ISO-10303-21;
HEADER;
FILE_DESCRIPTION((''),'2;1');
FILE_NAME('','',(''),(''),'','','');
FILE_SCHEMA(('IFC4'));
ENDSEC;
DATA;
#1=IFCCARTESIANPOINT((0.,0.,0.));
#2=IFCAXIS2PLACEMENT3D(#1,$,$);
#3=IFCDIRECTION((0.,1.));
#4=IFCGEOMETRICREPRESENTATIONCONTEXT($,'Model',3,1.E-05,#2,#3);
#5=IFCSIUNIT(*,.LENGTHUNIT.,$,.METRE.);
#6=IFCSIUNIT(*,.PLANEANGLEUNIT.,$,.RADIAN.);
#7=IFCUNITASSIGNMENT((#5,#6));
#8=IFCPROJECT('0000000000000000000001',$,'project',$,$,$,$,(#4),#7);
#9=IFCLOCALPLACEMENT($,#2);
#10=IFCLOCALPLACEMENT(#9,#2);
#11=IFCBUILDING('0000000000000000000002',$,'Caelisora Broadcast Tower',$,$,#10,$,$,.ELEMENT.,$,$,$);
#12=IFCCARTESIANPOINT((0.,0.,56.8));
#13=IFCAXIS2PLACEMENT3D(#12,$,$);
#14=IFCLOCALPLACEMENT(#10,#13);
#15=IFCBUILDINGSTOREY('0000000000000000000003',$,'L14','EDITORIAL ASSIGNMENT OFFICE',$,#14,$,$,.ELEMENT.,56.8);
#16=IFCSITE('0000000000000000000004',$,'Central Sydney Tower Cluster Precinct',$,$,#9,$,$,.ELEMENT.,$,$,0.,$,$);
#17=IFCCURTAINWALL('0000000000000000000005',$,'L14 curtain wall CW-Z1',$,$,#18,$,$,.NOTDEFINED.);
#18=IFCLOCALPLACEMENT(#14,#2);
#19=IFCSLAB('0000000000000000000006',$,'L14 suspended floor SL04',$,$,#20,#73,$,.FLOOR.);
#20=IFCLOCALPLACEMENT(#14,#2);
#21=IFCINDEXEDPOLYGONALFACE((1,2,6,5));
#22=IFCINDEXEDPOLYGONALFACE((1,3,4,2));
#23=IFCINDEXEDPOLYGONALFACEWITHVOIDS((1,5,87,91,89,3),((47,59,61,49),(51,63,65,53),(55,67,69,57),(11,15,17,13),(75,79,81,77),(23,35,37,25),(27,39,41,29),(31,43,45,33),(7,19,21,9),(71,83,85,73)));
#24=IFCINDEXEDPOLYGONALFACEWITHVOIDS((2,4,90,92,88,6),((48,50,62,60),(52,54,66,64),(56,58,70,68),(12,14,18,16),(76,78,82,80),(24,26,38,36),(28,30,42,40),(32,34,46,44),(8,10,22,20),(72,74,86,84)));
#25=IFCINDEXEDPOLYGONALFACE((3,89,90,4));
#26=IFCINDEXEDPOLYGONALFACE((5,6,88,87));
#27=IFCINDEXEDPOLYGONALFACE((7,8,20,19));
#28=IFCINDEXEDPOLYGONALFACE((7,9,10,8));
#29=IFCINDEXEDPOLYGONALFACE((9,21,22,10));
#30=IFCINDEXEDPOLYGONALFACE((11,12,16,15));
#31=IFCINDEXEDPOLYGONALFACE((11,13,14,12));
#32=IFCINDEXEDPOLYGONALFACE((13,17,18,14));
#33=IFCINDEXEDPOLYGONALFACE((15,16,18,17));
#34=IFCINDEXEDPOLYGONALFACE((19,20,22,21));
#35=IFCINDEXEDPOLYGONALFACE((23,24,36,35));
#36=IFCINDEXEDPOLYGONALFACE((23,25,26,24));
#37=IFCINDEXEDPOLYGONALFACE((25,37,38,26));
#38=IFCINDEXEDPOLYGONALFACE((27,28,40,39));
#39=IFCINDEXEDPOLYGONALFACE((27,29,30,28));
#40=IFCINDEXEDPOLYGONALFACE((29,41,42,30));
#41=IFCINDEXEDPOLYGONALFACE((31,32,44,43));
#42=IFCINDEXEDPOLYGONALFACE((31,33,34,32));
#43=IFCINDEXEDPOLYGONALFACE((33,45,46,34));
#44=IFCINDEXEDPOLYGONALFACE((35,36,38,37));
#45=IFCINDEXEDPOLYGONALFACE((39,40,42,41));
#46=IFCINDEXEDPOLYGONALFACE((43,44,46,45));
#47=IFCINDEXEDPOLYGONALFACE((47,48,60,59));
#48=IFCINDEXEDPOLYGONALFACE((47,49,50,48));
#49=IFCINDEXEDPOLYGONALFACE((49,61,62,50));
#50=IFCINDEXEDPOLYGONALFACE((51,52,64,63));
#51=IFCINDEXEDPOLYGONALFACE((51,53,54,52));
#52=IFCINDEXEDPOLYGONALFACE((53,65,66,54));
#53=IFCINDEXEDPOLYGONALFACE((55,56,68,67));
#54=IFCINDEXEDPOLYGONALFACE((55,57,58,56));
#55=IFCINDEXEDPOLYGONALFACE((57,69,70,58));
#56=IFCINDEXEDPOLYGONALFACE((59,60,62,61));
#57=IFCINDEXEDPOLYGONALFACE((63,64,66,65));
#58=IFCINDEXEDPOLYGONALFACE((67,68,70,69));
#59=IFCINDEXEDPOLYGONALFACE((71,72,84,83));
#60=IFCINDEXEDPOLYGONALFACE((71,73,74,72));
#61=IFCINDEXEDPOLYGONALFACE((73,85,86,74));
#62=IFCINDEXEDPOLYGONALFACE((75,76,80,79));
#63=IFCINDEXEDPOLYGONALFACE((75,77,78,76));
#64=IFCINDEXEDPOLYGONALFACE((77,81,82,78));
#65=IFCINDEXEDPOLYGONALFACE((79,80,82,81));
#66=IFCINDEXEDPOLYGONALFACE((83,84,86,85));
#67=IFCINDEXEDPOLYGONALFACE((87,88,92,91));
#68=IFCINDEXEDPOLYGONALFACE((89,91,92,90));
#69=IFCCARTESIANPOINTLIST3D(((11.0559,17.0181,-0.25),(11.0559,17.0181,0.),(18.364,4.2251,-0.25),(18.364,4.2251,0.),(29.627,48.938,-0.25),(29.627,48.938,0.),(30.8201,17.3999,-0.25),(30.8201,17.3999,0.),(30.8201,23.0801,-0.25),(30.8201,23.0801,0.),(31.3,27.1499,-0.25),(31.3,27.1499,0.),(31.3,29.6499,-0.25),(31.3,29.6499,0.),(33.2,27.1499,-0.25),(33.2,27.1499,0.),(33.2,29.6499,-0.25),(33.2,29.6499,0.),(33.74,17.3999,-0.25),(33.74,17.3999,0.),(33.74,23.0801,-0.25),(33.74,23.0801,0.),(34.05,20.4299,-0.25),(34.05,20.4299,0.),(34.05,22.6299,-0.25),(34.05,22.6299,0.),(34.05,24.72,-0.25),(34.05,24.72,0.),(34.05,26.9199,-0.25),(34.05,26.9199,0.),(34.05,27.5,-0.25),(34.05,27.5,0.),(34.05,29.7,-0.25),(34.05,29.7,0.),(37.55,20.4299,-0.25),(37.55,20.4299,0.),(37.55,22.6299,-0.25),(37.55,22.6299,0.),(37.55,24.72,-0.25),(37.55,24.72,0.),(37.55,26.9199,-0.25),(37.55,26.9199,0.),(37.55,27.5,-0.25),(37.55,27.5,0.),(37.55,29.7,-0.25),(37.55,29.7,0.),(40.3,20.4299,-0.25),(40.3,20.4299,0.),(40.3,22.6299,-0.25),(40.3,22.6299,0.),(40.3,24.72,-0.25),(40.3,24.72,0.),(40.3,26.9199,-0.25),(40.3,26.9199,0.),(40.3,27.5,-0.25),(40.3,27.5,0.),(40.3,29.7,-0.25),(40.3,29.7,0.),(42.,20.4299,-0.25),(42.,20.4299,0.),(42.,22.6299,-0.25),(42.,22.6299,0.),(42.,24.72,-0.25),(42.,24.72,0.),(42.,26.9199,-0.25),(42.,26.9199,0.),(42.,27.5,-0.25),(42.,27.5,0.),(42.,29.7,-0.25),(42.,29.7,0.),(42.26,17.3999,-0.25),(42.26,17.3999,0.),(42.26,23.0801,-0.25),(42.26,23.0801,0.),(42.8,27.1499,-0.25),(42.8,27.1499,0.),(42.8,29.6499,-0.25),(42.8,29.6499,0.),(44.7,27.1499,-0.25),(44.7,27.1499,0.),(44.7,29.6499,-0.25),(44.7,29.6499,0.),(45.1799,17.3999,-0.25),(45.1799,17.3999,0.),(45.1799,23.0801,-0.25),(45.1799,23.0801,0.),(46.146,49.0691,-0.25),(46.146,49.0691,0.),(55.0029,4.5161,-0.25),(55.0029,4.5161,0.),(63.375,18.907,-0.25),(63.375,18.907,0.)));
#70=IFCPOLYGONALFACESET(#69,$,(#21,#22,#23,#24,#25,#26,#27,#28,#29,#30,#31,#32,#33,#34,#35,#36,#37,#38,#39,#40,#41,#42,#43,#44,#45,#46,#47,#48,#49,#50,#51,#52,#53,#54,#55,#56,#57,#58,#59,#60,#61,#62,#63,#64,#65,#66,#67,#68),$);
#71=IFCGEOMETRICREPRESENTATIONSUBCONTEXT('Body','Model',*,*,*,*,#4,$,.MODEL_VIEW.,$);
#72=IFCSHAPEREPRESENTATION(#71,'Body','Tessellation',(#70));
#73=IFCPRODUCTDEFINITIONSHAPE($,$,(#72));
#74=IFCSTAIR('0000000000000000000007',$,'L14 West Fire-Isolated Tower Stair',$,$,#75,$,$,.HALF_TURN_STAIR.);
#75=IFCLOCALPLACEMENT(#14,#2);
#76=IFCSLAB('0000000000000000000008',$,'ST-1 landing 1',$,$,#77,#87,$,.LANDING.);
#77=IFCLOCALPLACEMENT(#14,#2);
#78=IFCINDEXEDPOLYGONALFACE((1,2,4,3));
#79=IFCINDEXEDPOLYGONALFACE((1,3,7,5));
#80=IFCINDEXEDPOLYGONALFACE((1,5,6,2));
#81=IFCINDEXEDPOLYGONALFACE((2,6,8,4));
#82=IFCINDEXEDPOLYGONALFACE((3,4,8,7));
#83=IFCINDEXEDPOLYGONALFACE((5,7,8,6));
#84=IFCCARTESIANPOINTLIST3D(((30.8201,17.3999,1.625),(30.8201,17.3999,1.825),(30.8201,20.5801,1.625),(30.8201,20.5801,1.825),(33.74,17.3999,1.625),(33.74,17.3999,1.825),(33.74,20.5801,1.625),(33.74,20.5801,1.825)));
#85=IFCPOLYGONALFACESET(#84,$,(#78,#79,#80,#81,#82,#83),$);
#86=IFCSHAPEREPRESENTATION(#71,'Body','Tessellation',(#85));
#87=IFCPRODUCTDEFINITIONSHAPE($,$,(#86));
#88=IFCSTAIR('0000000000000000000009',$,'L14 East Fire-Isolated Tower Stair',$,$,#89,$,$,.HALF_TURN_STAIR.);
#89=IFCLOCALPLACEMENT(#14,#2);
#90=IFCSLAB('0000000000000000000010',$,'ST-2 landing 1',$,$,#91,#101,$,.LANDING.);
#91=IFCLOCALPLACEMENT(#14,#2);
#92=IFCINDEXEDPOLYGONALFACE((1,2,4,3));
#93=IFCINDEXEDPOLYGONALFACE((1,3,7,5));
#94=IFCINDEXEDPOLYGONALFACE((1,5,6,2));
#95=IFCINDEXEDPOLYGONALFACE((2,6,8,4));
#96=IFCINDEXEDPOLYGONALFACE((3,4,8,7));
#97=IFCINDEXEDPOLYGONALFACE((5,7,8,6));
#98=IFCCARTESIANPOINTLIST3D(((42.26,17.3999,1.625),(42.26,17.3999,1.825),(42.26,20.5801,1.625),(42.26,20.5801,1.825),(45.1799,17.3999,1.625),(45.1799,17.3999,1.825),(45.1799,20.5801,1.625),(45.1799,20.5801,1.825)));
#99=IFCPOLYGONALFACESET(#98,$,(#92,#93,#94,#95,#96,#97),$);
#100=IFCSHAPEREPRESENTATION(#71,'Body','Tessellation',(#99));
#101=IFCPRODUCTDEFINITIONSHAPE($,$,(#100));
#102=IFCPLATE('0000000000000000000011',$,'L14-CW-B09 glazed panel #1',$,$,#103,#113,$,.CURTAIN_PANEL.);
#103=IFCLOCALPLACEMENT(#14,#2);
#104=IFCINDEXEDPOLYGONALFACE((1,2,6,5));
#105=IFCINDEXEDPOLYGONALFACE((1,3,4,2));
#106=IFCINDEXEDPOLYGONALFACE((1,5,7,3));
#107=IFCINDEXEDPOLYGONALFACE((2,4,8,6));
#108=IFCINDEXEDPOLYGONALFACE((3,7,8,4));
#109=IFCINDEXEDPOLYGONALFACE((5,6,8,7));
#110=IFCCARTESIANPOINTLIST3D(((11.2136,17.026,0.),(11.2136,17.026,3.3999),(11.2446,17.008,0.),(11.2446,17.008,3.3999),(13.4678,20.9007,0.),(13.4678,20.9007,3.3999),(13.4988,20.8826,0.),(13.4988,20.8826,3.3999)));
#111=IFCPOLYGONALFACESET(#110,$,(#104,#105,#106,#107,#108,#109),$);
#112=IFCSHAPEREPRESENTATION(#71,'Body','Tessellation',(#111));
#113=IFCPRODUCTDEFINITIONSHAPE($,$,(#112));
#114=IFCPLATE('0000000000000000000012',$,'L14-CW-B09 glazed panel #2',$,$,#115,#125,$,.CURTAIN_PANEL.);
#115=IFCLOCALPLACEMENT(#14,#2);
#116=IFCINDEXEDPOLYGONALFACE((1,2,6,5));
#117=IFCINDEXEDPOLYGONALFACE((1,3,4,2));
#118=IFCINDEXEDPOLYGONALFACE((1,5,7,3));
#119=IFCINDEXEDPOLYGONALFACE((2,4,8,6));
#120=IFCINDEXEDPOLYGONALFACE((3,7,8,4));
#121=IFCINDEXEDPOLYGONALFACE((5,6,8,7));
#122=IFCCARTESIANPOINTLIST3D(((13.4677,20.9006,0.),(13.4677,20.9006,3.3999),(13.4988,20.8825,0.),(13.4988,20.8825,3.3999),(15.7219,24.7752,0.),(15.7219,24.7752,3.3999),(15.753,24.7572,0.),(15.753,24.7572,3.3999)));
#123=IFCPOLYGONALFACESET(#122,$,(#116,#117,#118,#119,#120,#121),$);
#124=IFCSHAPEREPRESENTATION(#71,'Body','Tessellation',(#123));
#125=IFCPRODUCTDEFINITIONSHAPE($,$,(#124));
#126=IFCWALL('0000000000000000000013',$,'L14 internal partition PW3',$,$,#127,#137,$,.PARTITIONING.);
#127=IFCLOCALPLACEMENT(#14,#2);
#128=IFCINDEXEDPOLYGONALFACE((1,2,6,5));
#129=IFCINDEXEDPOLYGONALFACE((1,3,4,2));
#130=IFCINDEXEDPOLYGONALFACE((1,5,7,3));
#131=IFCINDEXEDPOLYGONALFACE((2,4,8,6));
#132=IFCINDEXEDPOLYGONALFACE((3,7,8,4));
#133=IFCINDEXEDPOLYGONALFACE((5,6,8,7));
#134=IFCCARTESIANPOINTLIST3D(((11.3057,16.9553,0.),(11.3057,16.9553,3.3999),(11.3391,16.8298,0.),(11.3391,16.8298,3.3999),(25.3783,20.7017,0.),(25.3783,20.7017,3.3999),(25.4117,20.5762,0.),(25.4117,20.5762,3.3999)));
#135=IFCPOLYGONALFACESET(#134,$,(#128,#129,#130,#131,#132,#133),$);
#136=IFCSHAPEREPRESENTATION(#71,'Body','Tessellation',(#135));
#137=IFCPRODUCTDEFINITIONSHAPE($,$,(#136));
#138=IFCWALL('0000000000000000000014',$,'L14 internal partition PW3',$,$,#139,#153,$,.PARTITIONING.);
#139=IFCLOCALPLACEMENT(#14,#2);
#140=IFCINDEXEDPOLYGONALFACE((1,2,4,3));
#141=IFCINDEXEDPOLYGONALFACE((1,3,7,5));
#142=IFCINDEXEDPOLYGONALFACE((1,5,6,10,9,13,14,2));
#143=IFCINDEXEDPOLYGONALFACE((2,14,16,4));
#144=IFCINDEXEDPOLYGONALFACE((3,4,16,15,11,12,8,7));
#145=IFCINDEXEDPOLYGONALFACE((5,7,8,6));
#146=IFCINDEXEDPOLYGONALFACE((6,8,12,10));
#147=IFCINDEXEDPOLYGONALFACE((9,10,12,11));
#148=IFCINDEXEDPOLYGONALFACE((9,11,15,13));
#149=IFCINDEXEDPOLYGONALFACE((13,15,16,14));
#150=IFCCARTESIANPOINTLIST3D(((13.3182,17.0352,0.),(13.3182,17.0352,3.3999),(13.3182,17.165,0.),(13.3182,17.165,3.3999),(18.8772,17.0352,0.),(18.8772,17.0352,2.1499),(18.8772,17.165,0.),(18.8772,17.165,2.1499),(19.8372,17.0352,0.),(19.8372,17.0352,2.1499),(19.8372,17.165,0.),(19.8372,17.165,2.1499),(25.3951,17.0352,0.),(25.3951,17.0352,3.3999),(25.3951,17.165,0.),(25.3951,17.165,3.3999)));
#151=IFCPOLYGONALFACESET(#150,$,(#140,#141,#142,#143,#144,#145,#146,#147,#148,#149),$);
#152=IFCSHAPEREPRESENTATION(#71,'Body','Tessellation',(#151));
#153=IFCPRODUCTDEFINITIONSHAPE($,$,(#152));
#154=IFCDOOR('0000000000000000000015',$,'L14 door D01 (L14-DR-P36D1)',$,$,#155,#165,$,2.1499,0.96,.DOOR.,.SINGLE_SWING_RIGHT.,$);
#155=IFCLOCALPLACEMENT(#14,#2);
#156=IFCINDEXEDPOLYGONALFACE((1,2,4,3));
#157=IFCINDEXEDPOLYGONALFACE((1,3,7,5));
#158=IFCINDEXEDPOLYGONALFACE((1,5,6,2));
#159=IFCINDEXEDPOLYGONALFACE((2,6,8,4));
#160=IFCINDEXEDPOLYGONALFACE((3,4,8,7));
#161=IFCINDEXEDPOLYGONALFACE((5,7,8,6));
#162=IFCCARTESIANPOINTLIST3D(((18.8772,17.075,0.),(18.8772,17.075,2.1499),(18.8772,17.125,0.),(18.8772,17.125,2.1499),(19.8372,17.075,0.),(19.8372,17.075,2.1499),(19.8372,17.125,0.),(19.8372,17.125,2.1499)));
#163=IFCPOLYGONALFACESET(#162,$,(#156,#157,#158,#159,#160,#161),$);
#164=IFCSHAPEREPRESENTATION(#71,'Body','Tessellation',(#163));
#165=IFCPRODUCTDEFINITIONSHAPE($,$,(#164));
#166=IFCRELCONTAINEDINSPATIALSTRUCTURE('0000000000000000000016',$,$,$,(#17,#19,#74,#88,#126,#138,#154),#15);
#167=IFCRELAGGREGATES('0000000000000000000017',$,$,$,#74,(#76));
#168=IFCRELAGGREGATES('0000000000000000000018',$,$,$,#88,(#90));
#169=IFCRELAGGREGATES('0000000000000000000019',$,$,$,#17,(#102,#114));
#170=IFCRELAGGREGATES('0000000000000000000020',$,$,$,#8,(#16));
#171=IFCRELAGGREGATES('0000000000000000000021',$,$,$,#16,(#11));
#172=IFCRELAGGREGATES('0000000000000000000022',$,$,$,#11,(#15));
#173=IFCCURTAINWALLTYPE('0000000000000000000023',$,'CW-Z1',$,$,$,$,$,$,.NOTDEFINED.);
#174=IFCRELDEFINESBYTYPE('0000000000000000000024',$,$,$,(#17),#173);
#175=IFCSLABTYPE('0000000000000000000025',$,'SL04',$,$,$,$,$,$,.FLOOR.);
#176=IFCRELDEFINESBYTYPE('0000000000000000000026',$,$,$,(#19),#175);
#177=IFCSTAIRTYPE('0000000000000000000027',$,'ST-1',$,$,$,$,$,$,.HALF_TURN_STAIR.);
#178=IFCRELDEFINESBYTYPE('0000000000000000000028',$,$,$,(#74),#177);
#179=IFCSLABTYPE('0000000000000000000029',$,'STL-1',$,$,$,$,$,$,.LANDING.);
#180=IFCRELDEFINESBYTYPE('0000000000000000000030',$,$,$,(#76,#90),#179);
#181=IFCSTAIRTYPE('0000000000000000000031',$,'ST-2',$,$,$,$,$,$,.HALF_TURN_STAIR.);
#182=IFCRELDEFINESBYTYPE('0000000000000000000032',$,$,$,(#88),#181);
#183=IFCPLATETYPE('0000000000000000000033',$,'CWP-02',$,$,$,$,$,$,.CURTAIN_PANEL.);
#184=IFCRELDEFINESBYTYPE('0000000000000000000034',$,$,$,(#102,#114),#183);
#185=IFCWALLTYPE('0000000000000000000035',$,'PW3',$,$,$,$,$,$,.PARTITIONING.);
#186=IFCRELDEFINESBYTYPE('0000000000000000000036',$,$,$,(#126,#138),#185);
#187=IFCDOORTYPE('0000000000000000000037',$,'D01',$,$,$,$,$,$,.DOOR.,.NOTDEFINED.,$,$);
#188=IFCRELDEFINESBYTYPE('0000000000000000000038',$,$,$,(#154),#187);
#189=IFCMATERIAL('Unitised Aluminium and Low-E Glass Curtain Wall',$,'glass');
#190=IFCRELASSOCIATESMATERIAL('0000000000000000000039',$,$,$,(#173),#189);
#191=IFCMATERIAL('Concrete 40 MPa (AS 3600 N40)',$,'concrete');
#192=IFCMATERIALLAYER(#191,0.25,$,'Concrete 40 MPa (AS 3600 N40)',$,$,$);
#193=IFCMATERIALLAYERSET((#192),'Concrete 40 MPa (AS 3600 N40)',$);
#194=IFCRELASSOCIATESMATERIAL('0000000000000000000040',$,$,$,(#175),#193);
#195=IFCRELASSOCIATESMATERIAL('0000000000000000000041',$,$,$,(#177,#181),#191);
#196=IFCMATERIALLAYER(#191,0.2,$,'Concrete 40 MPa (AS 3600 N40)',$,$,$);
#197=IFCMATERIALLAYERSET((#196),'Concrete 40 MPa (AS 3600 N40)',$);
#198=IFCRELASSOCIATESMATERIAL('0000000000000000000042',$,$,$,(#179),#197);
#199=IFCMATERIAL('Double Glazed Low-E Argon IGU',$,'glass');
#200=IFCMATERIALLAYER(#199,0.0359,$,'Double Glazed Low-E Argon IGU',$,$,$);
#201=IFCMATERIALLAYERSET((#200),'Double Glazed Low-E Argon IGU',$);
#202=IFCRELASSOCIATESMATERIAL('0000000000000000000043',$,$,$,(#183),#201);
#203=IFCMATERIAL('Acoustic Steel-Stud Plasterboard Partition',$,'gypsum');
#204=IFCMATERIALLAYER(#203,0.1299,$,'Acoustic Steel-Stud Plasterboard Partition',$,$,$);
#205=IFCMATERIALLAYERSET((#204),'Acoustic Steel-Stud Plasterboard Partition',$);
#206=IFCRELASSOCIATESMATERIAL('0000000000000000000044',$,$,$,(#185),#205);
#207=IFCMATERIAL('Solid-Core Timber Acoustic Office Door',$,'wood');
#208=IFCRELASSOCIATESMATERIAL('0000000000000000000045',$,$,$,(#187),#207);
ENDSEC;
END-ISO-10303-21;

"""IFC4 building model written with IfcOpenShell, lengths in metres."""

from ifc_helpers import new_model, si_unit, direction, frame, frame_2d, origin, origin_2d, place, context, subcontext, project, spatial, polyline, rectangle, outline, extrude, source, transform, mapped, material, layer, layer_set, type_object, type_shapes, element, fill, aggregate, save


model = new_model("IFC4")

# Units and contexts
model_context = context("Model", 3, precision=1e-05, world=origin(), true_north=direction((0.0, 1.0)))
body_context = subcontext(model_context, "Body", "Model", "MODEL_VIEW")
ifc_project = project(units=[si_unit("LENGTHUNIT", "METRE"), si_unit("PLANEANGLEUNIT", "RADIAN")], contexts=[model_context])

# Site, building, storey
site_placement = place(None, origin())
site = spatial("IfcSite", under=ifc_project, at=site_placement, Name="Central Sydney Tower Cluster Precinct", CompositionType="ELEMENT", RefElevation=0.0)
building_placement = place(site_placement, origin())
building = spatial("IfcBuilding", under=site, at=building_placement, Name="Caelisora Broadcast Tower", CompositionType="ELEMENT")
storey_placement = place(building_placement, frame((0.0, 0.0, 56.8)))
storey = spatial("IfcBuildingStorey", under=building, at=storey_placement, Name="L14", Description="EDITORIAL ASSIGNMENT OFFICE", CompositionType="ELEMENT", Elevation=56.8)

# Curtain wall
ifc_material_1 = material(Name="Unitised Aluminium and Low-E Glass Curtain Wall", Category="glass")
curtain_wall_type = type_object("IfcCurtainWallType", Name="CW-Z1", PredefinedType="NOTDEFINED", material=ifc_material_1)
curtain_wall_placement = place(storey_placement, origin())
curtain_wall = element("IfcCurtainWall", 1, at=curtain_wall_placement, inside=storey, type_object=curtain_wall_type, Name="L14 curtain wall CW-Z1", PredefinedType="NOTDEFINED")

# Slab
ifc_material_2 = material(Name="Concrete 40 MPa (AS 3600 N40)", Category="concrete")
ifc_layer_1 = layer(ifc_material_2, 0.25, Name="Concrete 40 MPa (AS 3600 N40)")
ifc_layer_set_1 = layer_set([ifc_layer_1], Name="Concrete 40 MPa (AS 3600 N40)")
slab_type_1 = type_object("IfcSlabType", Name="SL04", PredefinedType="FLOOR", material=ifc_layer_set_1)
slab_1_placement = place(storey_placement, frame((0.0, 0.0, -0.25)))
element("IfcSlab", 2, at=slab_1_placement, inside=storey, type_object=slab_type_1, Name="L14 suspended floor SL04", PredefinedType="FLOOR", context=body_context, shape_type="SweptSolid", body=[
    extrude(outline(polyline([(46.146, 49.0691), (29.627, 48.938), (11.0559, 17.0181), (18.364, 4.2251), (55.0029, 4.5161), (63.375, 18.907), (46.146, 49.0691)]), holes=[polyline([(30.8201, 17.3999), (33.74, 17.3999), (33.74, 23.0801), (30.8201, 23.0801), (30.8201, 17.3999)]), polyline([(42.26, 17.3999), (45.1799, 17.3999), (45.1799, 23.0801), (42.26, 23.0801), (42.26, 17.3999)]), polyline([(42.8, 27.1499), (44.7, 27.1499), (44.7, 29.6499), (42.8, 29.6499), (42.8, 27.1499)]), polyline([(40.3, 20.4299), (42.0, 20.4299), (42.0, 22.6299), (40.3, 22.6299), (40.3, 20.4299)]), polyline([(40.3, 24.72), (42.0, 24.72), (42.0, 26.9199), (40.3, 26.9199), (40.3, 24.72)]), polyline([(40.3, 27.5), (42.0, 27.5), (42.0, 29.7), (40.3, 29.7), (40.3, 27.5)]), polyline([(34.05, 20.4299), (37.55, 20.4299), (37.55, 22.6299), (34.05, 22.6299), (34.05, 20.4299)]), polyline([(34.05, 24.72), (37.55, 24.72), (37.55, 26.9199), (34.05, 26.9199), (34.05, 24.72)]), polyline([(34.05, 27.5), (37.55, 27.5), (37.55, 29.7), (34.05, 29.7), (34.05, 27.5)]), polyline([(31.3, 27.1499), (33.2, 27.1499), (33.2, 29.6499), (31.3, 29.6499), (31.3, 27.1499)])]), origin(), (0.0, 0.0, 1.0), 0.25),
])

# Stairs, slabs
stair_type_1 = type_object("IfcStairType", Name="ST-1", PredefinedType="HALF_TURN_STAIR", material=ifc_material_2)
stair_1_placement = place(storey_placement, origin())
stair_1 = element("IfcStair", 3, at=stair_1_placement, inside=storey, type_object=stair_type_1, Name="L14 West Fire-Isolated Tower Stair", PredefinedType="HALF_TURN_STAIR")
ifc_layer_2 = layer(ifc_material_2, 0.2, Name="Concrete 40 MPa (AS 3600 N40)")
ifc_layer_set_2 = layer_set([ifc_layer_2], Name="Concrete 40 MPa (AS 3600 N40)")
slab_type_2 = type_object("IfcSlabType", Name="STL-1", PredefinedType="LANDING", material=ifc_layer_set_2)
slab_2_placement = place(storey_placement, frame((0.0, 0.0, 1.625)))
slab_2 = element("IfcSlab", 4, at=slab_2_placement, type_object=slab_type_2, Name="ST-1 landing 1", PredefinedType="LANDING", context=body_context, shape_type="SweptSolid", body=[
    extrude(outline(polyline([(30.8201, 20.5801), (30.8201, 17.3999), (33.74, 17.3999), (33.74, 20.5801), (30.8201, 20.5801)])), origin(), (0.0, 0.0, 1.0), 0.2),
])
aggregate(stair_1, [slab_2])
stair_type_2 = type_object("IfcStairType", Name="ST-2", PredefinedType="HALF_TURN_STAIR", material=ifc_material_2)
stair_2_placement = place(storey_placement, origin())
stair_2 = element("IfcStair", 5, at=stair_2_placement, inside=storey, type_object=stair_type_2, Name="L14 East Fire-Isolated Tower Stair", PredefinedType="HALF_TURN_STAIR")
slab_3_placement = place(storey_placement, frame((0.0, 0.0, 1.625)))
slab_3 = element("IfcSlab", 6, at=slab_3_placement, type_object=slab_type_2, Name="ST-2 landing 1", PredefinedType="LANDING", context=body_context, shape_type="SweptSolid", body=[
    extrude(outline(polyline([(42.26, 20.5801), (42.26, 17.3999), (45.1799, 17.3999), (45.1799, 20.5801), (42.26, 20.5801)])), origin(), (0.0, 0.0, 1.0), 0.2),
])
aggregate(stair_2, [slab_3])

# Plates
ifc_material_3 = material(Name="Double Glazed Low-E Argon IGU", Category="glass")
ifc_layer_3 = layer(ifc_material_3, 0.0359, Name="Double Glazed Low-E Argon IGU")
ifc_layer_set_3 = layer_set([ifc_layer_3], Name="Double Glazed Low-E Argon IGU")
plate_type = type_object("IfcPlateType", Name="CWP-02", PredefinedType="CURTAIN_PANEL", material=ifc_layer_set_3)
shared_shape_1 = source(origin(), body_context, "Body", "SweptSolid", [
    extrude(rectangle(XDim=4.4827, YDim=0.0359, at=origin_2d()), origin(), (0.0, 0.0, 1.0), 3.3999),
])
type_shapes(plate_type, [shared_shape_1])
plate_1_placement = place(storey_placement, frame((12.3562, 18.9543, 0.0), z_axis=(0.0, 0.0, 1.0), x_axis=(0.502869, 0.864363, 0.0)))
plate_1 = element("IfcPlate", 7, at=plate_1_placement, type_object=plate_type, Name="L14-CW-B09 glazed panel #1", PredefinedType="CURTAIN_PANEL", context=body_context, shape_type="MappedRepresentation", body=[
    mapped(shared_shape_1, transform((0.0, 0.0, 0.0), scale=1.0)),
])
plate_2_placement = place(storey_placement, frame((14.6104, 22.8289, 0.0), z_axis=(0.0, 0.0, 1.0), x_axis=(0.502869, 0.864363, 0.0)))
plate_2 = element("IfcPlate", 8, at=plate_2_placement, type_object=plate_type, Name="L14-CW-B09 glazed panel #2", PredefinedType="CURTAIN_PANEL", context=body_context, shape_type="MappedRepresentation", body=[
    mapped(shared_shape_1, transform((0.0, 0.0, 0.0), scale=1.0)),
])
aggregate(curtain_wall, [plate_1, plate_2])

# Wall
ifc_material_4 = material(Name="Acoustic Steel-Stud Plasterboard Partition", Category="gypsum")
ifc_layer_4 = layer(ifc_material_4, 0.1299, Name="Acoustic Steel-Stud Plasterboard Partition")
ifc_layer_set_4 = layer_set([ifc_layer_4], Name="Acoustic Steel-Stud Plasterboard Partition")
wall_type = type_object("IfcWallType", Name="PW3", PredefinedType="PARTITIONING", material=ifc_layer_set_4)
wall_1_placement = place(storey_placement, frame((11.3225, 16.8926, 0.0), z_axis=(0.0, 0.0, 1.0), x_axis=(0.966343, 0.257257, 0.0)))
element("IfcWall", 9, at=wall_1_placement, inside=storey, type_object=wall_type, Name="L14 internal partition PW3", PredefinedType="PARTITIONING", context=body_context, shape_type="SweptSolid", body=[
    extrude(rectangle(XDim=14.5627, YDim=0.1299, at=frame_2d((7.2812, 0.0))), origin(), (0.0, 0.0, 1.0), 3.3999),
])

# Wall, opening, door
wall_2_placement = place(storey_placement, frame((13.3181, 17.1001, 0.0), z_axis=(0.0, 0.0, 1.0), x_axis=(1.0, 0.0, 0.0)))
wall_2 = element("IfcWall", 10, at=wall_2_placement, inside=storey, type_object=wall_type, Name="L14 internal partition PW3", PredefinedType="PARTITIONING", context=body_context, shape_type="SweptSolid", body=[
    extrude(rectangle(XDim=12.0769, YDim=0.1299, at=frame_2d((6.0386, 0.0))), origin(), (0.0, 0.0, 1.0), 3.3999),
])
opening_1_placement = place(wall_2_placement, frame((5.5591, 0.0, 0.0)))
opening_1 = element("IfcOpeningElement", 11, at=opening_1_placement, cuts=wall_2, PredefinedType="OPENING", context=body_context, shape_type="SweptSolid", body=[
    extrude(rectangle(XDim=0.96, YDim=2.1499, at=frame_2d((0.48, 1.075))), frame((0.0, 0.0769, 0.0), z_axis=(0.0, -1.0, 0.0), x_axis=(1.0, 0.0, 0.0)), (0.0, 0.0, 1.0), 0.1538),
])
ifc_material_5 = material(Name="Solid-Core Timber Acoustic Office Door", Category="wood")
door_type = type_object("IfcDoorType", Name="D01", OperationType="NOTDEFINED", PredefinedType="DOOR", material=ifc_material_5)
door_1_placement = place(opening_1_placement, origin())
door_1 = element("IfcDoor", 12, at=door_1_placement, inside=storey, type_object=door_type, Name="L14 door D01 (L14-DR-P36D1)", OperationType="SINGLE_SWING_RIGHT", OverallHeight=2.1499, OverallWidth=0.96, PredefinedType="DOOR", context=body_context, shape_type="SweptSolid", body=[
    extrude(rectangle(XDim=0.96, YDim=2.1499, at=frame_2d((0.48, 1.075))), frame((0.0, 0.0249, 0.0), z_axis=(0.0, -1.0, 0.0), x_axis=(1.0, 0.0, 0.0)), (0.0, 0.0, 1.0), 0.05),
])
fill(opening_1, door_1)

save(model, "model.ifc")
